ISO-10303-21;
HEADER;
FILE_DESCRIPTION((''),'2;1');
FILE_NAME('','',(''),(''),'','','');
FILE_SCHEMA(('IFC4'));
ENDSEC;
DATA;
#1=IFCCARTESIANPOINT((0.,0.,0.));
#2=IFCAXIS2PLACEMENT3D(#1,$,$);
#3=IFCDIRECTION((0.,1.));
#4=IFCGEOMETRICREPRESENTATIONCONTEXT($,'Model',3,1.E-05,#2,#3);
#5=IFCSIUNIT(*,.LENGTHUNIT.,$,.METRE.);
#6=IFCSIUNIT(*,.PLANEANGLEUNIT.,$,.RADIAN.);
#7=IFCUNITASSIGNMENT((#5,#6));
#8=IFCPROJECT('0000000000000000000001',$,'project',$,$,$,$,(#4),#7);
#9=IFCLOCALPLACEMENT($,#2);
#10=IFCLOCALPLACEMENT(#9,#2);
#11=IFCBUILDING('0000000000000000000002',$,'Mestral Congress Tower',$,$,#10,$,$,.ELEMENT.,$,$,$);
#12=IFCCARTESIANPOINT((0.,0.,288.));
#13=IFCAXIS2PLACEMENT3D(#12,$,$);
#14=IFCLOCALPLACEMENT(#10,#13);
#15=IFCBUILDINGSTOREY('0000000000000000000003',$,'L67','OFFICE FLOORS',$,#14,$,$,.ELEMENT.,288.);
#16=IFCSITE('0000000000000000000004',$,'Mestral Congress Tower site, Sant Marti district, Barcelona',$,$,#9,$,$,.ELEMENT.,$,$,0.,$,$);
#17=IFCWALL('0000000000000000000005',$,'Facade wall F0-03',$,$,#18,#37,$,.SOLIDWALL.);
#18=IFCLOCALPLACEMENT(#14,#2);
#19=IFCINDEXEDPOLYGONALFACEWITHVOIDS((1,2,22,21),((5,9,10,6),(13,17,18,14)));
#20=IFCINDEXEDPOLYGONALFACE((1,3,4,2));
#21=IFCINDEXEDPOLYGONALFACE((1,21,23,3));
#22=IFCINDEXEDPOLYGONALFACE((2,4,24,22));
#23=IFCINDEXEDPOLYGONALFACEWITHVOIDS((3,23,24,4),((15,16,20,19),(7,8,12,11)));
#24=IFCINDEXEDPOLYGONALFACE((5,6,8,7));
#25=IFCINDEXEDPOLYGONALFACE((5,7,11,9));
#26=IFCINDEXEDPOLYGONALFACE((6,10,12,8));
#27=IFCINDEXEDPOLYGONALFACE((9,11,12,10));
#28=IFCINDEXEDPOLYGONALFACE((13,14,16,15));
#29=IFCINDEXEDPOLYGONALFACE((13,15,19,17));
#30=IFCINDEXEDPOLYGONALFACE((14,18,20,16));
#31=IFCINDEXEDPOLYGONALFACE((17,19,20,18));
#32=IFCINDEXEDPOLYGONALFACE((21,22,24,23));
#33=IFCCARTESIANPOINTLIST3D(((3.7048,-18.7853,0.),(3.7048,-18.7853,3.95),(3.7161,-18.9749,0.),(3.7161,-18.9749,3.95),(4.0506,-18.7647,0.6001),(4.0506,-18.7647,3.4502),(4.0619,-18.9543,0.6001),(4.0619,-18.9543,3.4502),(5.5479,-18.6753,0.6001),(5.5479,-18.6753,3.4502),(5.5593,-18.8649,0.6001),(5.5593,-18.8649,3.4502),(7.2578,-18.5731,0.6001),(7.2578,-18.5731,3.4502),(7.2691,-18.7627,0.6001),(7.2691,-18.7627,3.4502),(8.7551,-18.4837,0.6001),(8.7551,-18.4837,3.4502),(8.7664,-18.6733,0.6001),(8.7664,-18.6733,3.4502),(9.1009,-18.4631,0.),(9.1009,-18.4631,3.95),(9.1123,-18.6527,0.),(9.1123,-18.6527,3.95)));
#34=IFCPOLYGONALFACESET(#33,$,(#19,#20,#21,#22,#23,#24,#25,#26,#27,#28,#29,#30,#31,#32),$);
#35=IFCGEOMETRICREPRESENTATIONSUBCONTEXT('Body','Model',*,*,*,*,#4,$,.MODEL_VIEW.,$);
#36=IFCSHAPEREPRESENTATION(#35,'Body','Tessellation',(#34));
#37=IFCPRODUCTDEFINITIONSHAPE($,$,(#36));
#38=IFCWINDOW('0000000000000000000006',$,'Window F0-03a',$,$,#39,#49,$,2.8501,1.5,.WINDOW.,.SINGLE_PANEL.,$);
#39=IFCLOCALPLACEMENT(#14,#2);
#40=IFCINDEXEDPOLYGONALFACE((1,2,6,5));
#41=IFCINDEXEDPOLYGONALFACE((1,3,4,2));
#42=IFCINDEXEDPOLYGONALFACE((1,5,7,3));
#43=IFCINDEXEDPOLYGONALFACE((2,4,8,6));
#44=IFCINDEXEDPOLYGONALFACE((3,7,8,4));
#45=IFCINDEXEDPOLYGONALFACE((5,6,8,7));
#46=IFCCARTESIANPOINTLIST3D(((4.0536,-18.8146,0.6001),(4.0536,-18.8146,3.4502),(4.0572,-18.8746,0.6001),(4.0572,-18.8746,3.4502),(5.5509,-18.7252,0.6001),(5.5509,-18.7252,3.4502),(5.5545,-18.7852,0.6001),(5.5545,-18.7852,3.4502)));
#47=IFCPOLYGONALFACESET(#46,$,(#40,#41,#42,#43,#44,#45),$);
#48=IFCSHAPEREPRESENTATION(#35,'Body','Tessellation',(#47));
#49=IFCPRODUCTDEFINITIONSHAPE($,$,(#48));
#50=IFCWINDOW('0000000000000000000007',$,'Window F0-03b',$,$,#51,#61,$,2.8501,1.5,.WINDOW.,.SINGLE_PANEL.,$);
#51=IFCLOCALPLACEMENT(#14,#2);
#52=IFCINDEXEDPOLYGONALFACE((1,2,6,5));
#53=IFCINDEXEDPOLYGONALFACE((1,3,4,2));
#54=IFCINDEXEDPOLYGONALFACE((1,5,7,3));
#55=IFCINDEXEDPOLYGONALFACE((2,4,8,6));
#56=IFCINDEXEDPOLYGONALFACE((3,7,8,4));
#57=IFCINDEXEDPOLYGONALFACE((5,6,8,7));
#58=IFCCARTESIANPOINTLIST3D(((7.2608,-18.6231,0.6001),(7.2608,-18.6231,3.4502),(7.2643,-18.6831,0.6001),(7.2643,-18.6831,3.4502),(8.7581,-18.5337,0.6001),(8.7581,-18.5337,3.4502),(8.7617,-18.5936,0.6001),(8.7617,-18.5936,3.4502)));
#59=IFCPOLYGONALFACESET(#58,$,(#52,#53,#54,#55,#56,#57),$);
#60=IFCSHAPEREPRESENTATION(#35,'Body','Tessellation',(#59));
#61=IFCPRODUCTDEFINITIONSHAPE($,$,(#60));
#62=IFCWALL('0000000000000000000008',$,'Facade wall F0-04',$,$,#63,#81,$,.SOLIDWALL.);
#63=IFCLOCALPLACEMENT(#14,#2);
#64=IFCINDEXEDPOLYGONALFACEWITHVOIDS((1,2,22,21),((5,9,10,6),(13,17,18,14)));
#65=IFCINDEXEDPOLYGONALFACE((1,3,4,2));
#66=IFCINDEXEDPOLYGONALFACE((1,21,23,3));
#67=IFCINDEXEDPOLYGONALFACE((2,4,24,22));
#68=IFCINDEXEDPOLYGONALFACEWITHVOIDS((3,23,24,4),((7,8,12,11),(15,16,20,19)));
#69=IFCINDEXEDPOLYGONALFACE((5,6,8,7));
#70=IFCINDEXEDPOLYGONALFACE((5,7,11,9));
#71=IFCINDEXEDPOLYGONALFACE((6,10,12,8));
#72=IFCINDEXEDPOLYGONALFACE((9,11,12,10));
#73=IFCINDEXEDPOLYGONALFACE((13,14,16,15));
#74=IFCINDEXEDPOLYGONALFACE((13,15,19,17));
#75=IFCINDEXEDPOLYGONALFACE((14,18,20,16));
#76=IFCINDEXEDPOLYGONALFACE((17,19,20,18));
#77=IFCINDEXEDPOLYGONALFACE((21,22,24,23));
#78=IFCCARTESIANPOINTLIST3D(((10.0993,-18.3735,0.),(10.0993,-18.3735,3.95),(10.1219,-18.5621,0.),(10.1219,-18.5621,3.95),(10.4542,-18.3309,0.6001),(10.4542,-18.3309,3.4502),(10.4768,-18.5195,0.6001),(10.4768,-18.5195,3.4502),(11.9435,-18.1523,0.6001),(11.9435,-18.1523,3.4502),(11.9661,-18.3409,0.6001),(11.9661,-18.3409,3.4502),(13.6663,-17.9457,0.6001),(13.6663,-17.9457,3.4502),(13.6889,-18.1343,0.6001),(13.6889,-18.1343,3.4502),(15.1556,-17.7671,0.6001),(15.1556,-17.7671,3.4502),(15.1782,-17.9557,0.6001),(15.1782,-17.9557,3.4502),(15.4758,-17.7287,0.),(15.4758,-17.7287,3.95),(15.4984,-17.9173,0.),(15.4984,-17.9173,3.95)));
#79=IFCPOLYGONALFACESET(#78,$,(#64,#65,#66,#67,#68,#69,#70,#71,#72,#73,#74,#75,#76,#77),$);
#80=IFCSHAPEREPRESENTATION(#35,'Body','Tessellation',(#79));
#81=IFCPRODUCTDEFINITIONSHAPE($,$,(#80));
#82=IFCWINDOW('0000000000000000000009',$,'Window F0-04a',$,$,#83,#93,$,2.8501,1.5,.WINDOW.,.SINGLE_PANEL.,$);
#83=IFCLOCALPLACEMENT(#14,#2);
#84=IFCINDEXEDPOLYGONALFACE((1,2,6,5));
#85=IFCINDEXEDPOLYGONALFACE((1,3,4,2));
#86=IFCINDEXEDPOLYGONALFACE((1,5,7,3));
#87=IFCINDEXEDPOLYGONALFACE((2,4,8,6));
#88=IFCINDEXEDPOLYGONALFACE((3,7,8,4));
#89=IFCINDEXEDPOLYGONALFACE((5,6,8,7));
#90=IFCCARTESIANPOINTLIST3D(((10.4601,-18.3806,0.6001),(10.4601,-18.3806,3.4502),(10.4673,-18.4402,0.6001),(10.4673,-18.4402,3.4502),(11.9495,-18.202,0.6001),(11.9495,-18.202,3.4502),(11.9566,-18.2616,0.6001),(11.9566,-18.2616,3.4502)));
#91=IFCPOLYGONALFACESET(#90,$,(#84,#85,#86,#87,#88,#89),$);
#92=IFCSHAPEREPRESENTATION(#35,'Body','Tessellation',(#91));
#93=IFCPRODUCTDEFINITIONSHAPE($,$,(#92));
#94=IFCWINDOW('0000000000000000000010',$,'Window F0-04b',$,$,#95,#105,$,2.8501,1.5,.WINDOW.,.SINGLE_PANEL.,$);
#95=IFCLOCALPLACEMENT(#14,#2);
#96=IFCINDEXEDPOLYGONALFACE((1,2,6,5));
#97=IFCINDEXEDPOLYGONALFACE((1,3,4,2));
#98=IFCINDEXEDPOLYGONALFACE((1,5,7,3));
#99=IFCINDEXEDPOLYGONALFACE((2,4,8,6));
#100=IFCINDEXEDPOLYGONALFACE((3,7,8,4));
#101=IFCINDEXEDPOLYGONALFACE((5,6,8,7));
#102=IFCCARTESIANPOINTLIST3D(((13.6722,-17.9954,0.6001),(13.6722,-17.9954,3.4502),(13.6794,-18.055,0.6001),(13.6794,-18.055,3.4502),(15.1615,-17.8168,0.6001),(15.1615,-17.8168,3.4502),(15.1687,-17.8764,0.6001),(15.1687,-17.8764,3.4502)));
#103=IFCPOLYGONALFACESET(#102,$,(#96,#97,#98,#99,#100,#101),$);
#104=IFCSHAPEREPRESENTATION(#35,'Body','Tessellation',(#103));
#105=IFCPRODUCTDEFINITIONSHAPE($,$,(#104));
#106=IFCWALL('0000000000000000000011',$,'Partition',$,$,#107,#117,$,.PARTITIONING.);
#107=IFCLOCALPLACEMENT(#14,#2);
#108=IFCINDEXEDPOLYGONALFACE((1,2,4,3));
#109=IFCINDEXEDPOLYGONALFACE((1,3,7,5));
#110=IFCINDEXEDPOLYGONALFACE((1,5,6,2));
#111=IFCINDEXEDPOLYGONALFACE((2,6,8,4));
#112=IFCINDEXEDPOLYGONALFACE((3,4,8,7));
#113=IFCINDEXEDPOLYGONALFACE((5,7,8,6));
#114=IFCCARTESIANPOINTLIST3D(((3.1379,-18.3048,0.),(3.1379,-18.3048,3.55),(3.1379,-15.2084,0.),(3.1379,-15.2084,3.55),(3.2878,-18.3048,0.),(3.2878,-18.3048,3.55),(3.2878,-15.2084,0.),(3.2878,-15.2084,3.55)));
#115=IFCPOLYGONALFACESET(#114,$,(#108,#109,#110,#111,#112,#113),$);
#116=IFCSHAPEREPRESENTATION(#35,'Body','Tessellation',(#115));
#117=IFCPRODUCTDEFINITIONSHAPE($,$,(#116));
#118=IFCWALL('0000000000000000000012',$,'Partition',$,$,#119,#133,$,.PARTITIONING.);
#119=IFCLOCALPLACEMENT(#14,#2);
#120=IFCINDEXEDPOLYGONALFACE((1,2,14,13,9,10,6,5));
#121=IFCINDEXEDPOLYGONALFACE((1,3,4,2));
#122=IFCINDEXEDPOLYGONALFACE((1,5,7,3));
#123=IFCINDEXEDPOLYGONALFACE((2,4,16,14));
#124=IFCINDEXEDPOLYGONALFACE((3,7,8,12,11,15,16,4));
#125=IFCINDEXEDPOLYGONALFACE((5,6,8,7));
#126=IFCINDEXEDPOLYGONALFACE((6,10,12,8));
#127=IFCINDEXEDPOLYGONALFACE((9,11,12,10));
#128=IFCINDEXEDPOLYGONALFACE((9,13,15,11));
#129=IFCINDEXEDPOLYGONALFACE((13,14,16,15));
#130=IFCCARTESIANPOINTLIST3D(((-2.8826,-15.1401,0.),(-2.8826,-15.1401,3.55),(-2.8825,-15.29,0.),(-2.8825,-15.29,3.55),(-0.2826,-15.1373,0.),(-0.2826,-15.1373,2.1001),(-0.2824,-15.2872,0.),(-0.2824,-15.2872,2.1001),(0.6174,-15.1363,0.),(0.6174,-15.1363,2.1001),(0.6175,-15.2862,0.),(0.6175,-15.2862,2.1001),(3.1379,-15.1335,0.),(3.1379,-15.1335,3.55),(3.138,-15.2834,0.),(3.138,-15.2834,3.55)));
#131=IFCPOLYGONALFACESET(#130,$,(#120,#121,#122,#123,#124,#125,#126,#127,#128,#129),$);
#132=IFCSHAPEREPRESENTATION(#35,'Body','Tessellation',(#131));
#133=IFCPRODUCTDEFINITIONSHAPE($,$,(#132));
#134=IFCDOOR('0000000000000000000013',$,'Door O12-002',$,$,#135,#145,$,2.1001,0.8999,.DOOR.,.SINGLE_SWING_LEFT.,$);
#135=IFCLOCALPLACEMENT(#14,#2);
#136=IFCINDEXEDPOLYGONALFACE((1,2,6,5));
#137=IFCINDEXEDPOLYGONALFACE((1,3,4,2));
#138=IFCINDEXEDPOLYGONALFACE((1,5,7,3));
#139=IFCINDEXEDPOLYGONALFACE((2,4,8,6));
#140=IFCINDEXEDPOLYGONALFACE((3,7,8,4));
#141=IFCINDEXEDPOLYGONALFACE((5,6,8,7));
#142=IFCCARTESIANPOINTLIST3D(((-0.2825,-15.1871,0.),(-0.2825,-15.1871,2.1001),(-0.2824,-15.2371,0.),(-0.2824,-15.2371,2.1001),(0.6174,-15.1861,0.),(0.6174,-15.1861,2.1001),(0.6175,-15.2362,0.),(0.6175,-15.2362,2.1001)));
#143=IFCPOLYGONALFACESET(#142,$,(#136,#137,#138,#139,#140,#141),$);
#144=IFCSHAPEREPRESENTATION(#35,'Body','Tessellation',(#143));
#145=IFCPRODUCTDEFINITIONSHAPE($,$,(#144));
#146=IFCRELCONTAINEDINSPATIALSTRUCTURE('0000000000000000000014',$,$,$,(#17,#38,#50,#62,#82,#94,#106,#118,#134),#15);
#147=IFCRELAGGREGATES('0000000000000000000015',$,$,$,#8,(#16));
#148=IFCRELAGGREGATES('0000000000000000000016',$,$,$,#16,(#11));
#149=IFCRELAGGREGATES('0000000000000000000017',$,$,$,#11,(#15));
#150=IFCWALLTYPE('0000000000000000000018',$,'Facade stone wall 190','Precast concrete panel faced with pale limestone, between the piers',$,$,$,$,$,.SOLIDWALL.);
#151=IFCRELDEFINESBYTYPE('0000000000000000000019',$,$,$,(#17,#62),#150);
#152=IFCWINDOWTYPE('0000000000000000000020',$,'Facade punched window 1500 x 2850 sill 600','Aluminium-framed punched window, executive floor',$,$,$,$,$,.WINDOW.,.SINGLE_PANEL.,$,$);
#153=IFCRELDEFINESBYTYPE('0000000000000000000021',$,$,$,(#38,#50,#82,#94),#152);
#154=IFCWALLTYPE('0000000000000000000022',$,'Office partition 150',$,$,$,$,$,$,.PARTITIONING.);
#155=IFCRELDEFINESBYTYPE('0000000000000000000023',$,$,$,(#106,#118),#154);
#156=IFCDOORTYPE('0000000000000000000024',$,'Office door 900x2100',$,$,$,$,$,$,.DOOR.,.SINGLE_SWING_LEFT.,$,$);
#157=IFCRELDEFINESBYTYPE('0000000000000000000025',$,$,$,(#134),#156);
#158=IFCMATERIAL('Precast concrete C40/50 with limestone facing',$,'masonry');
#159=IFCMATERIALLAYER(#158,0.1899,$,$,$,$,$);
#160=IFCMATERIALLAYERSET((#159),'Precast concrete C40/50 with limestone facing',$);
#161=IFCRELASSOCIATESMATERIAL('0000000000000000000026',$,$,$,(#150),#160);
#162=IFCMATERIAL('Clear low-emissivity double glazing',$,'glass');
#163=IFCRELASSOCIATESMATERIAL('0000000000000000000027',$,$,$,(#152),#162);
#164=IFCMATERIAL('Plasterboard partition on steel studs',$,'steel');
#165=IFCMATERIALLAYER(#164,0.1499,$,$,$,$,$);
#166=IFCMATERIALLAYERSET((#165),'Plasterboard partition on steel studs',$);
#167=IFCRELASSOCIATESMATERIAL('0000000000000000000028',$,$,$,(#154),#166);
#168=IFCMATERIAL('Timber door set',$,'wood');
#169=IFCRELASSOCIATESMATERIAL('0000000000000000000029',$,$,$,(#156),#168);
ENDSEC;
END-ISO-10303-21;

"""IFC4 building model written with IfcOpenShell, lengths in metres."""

from ifc_helpers import new_model, si_unit, direction, frame, frame_2d, origin, place, context, subcontext, project, spatial, rectangle, extrude, material, layer, layer_set, type_object, element, fill, save


model = new_model("IFC4")

# Units and contexts
model_context = context("Model", 3, precision=1e-05, world=origin(), true_north=direction((0.0, 1.0)))
body_context = subcontext(model_context, "Body", "Model", "MODEL_VIEW")
ifc_project = project(units=[si_unit("LENGTHUNIT", "METRE"), si_unit("PLANEANGLEUNIT", "RADIAN")], contexts=[model_context])

# Site, building, storey
site_placement = place(None, origin())
site = spatial("IfcSite", under=ifc_project, at=site_placement, Name="Mestral Congress Tower site, Sant Marti district, Barcelona", CompositionType="ELEMENT", RefElevation=0.0)
building_placement = place(site_placement, origin())
building = spatial("IfcBuilding", under=site, at=building_placement, Name="Mestral Congress Tower", CompositionType="ELEMENT")
storey_placement = place(building_placement, frame((0.0, 0.0, 288.0)))
storey = spatial("IfcBuildingStorey", under=building, at=storey_placement, Name="L67", Description="OFFICE FLOORS", CompositionType="ELEMENT", Elevation=288.0)

# Walls, openings, windows
ifc_material_1 = material(Name="Precast concrete C40/50 with limestone facing", Category="masonry")
ifc_layer_1 = layer(ifc_material_1, 0.1899)
ifc_layer_set_1 = layer_set([ifc_layer_1], Name="Precast concrete C40/50 with limestone facing")
wall_type_1 = type_object("IfcWallType", Name="Facade stone wall 190", Description="Precast concrete panel faced with pale limestone, between the piers", PredefinedType="SOLIDWALL", material=ifc_layer_set_1)
wall_1_placement = place(storey_placement, frame((3.7104, -18.8801, 0.0), z_axis=(0.0, 0.0, 1.0), x_axis=(0.998221, 0.059614, 0.0)))
wall_1 = element("IfcWall", 1, at=wall_1_placement, inside=storey, type_object=wall_type_1, Name="Facade wall F0-03", PredefinedType="SOLIDWALL", context=body_context, shape_type="SweptSolid", body=[
    extrude(rectangle(XDim=5.4058, YDim=0.1899, at=frame_2d((2.7029, 0.0))), origin(), (0.0, 0.0, 1.0), 3.95),
])
opening_1_placement = place(wall_1_placement, frame((0.3464, 0.0, 0.6001)))
opening_1 = element("IfcOpeningElement", 2, at=opening_1_placement, cuts=wall_1, PredefinedType="OPENING", context=body_context, shape_type="SweptSolid", body=[
    extrude(rectangle(XDim=1.5, YDim=2.8501, at=frame_2d((0.75, 1.425))), frame((0.0, 0.105, 0.0), z_axis=(0.0, -1.0, 0.0), x_axis=(1.0, 0.0, 0.0)), (0.0, 0.0, 1.0), 0.21),
])
opening_2_placement = place(wall_1_placement, frame((3.5593, 0.0, 0.6001)))
opening_2 = element("IfcOpeningElement", 3, at=opening_2_placement, cuts=wall_1, PredefinedType="OPENING", context=body_context, shape_type="SweptSolid", body=[
    extrude(rectangle(XDim=1.5, YDim=2.8501, at=frame_2d((0.75, 1.425))), frame((0.0, 0.105, 0.0), z_axis=(0.0, -1.0, 0.0), x_axis=(1.0, 0.0, 0.0)), (0.0, 0.0, 1.0), 0.21),
])
ifc_material_2 = material(Name="Clear low-emissivity double glazing", Category="glass")
window_type = type_object("IfcWindowType", Name="Facade punched window 1500 x 2850 sill 600", Description="Aluminium-framed punched window, executive floor", PartitioningType="SINGLE_PANEL", PredefinedType="WINDOW", material=ifc_material_2)
window_1_placement = place(opening_1_placement, origin())
window_1 = element("IfcWindow", 4, at=window_1_placement, inside=storey, type_object=window_type, Name="Window F0-03a", OverallHeight=2.8501, OverallWidth=1.5, PartitioningType="SINGLE_PANEL", PredefinedType="WINDOW", context=body_context, shape_type="SweptSolid", body=[
    extrude(rectangle(XDim=1.5, YDim=2.8501, at=frame_2d((0.75, 1.425))), frame((0.0, 0.0449, 0.0), z_axis=(0.0, -1.0, 0.0), x_axis=(1.0, 0.0, 0.0)), (0.0, 0.0, 1.0), 0.0601),
])
fill(opening_1, window_1)
window_2_placement = place(opening_2_placement, origin())
window_2 = element("IfcWindow", 5, at=window_2_placement, inside=storey, type_object=window_type, Name="Window F0-03b", OverallHeight=2.8501, OverallWidth=1.5, PartitioningType="SINGLE_PANEL", PredefinedType="WINDOW", context=body_context, shape_type="SweptSolid", body=[
    extrude(rectangle(XDim=1.5, YDim=2.8501, at=frame_2d((0.75, 1.425))), frame((0.0, 0.0449, 0.0), z_axis=(0.0, -1.0, 0.0), x_axis=(1.0, 0.0, 0.0)), (0.0, 0.0, 1.0), 0.0601),
])
fill(opening_2, window_2)
wall_2_placement = place(storey_placement, frame((10.1106, -18.4678, 0.0), z_axis=(0.0, 0.0, 1.0), x_axis=(0.992886, 0.119072, 0.0)))
wall_2 = element("IfcWall", 6, at=wall_2_placement, inside=storey, type_object=wall_type_1, Name="Facade wall F0-04", PredefinedType="SOLIDWALL", context=body_context, shape_type="SweptSolid", body=[
    extrude(rectangle(XDim=5.415, YDim=0.1899, at=frame_2d((2.7075, 0.0))), origin(), (0.0, 0.0, 1.0), 3.95),
])
opening_3_placement = place(wall_2_placement, frame((0.3574, 0.0, 0.6001)))
opening_3 = element("IfcOpeningElement", 7, at=opening_3_placement, cuts=wall_2, PredefinedType="OPENING", context=body_context, shape_type="SweptSolid", body=[
    extrude(rectangle(XDim=1.5, YDim=2.8501, at=frame_2d((0.75, 1.425))), frame((0.0, 0.105, 0.0), z_axis=(0.0, -1.0, 0.0), x_axis=(1.0, 0.0, 0.0)), (0.0, 0.0, 1.0), 0.21),
])
opening_4_placement = place(wall_2_placement, frame((3.5925, 0.0, 0.6001)))
opening_4 = element("IfcOpeningElement", 8, at=opening_4_placement, cuts=wall_2, PredefinedType="OPENING", context=body_context, shape_type="SweptSolid", body=[
    extrude(rectangle(XDim=1.5, YDim=2.8501, at=frame_2d((0.75, 1.425))), frame((0.0, 0.105, 0.0), z_axis=(0.0, -1.0, 0.0), x_axis=(1.0, 0.0, 0.0)), (0.0, 0.0, 1.0), 0.21),
])
window_3_placement = place(opening_3_placement, origin())
window_3 = element("IfcWindow", 9, at=window_3_placement, inside=storey, type_object=window_type, Name="Window F0-04a", OverallHeight=2.8501, OverallWidth=1.5, PartitioningType="SINGLE_PANEL", PredefinedType="WINDOW", context=body_context, shape_type="SweptSolid", body=[
    extrude(rectangle(XDim=1.5, YDim=2.8501, at=frame_2d((0.75, 1.425))), frame((0.0, 0.0449, 0.0), z_axis=(0.0, -1.0, 0.0), x_axis=(1.0, 0.0, 0.0)), (0.0, 0.0, 1.0), 0.0601),
])
fill(opening_3, window_3)
window_4_placement = place(opening_4_placement, origin())
window_4 = element("IfcWindow", 10, at=window_4_placement, inside=storey, type_object=window_type, Name="Window F0-04b", OverallHeight=2.8501, OverallWidth=1.5, PartitioningType="SINGLE_PANEL", PredefinedType="WINDOW", context=body_context, shape_type="SweptSolid", body=[
    extrude(rectangle(XDim=1.5, YDim=2.8501, at=frame_2d((0.75, 1.425))), frame((0.0, 0.0449, 0.0), z_axis=(0.0, -1.0, 0.0), x_axis=(1.0, 0.0, 0.0)), (0.0, 0.0, 1.0), 0.0601),
])
fill(opening_4, window_4)

# Wall
ifc_material_3 = material(Name="Plasterboard partition on steel studs", Category="steel")
ifc_layer_2 = layer(ifc_material_3, 0.1499)
ifc_layer_set_2 = layer_set([ifc_layer_2], Name="Plasterboard partition on steel studs")
wall_type_2 = type_object("IfcWallType", Name="Office partition 150", PredefinedType="PARTITIONING", material=ifc_layer_set_2)
wall_3_placement = place(storey_placement, frame((3.2129, -15.2083, 0.0), z_axis=(0.0, 0.0, 1.0), x_axis=(0.0, -1.0, 0.0)))
element("IfcWall", 11, at=wall_3_placement, inside=storey, type_object=wall_type_2, Name="Partition", PredefinedType="PARTITIONING", context=body_context, shape_type="SweptSolid", body=[
    extrude(rectangle(XDim=3.0964, YDim=0.1499, at=frame_2d((1.5483, 0.0))), origin(), (0.0, 0.0, 1.0), 3.55),
])

# Wall, opening, door
wall_4_placement = place(storey_placement, frame((3.1379, -15.2085, 0.0), z_axis=(0.0, 0.0, 1.0), x_axis=(-0.999999, -0.001095, 0.0)))
wall_4 = element("IfcWall", 12, at=wall_4_placement, inside=storey, type_object=wall_type_2, Name="Partition", PredefinedType="PARTITIONING", context=body_context, shape_type="SweptSolid", body=[
    extrude(rectangle(XDim=6.0205, YDim=0.1499, at=frame_2d((3.0103, 0.0))), origin(), (0.0, 0.0, 1.0), 3.55),
])
opening_5_placement = place(wall_4_placement, frame((2.5205, 0.0, 0.0)))
opening_5 = element("IfcOpeningElement", 13, at=opening_5_placement, cuts=wall_4, PredefinedType="OPENING", context=body_context, shape_type="SweptSolid", body=[
    extrude(rectangle(XDim=0.8999, YDim=2.1001, at=frame_2d((0.45, 1.05))), frame((0.0, 0.085, 0.0), z_axis=(0.0, -1.0, 0.0), x_axis=(1.0, 0.0, 0.0)), (0.0, 0.0, 1.0), 0.1699),
])
ifc_material_4 = material(Name="Timber door set", Category="wood")
door_type_1 = type_object("IfcDoorType", Name="Office door 900x2100", OperationType="SINGLE_SWING_LEFT", PredefinedType="DOOR", material=ifc_material_4)
door_1_placement = place(opening_5_placement, origin())
door_1 = element("IfcDoor", 14, at=door_1_placement, inside=storey, type_object=door_type_1, Name="Door O12-002", OperationType="SINGLE_SWING_LEFT", OverallHeight=2.1001, OverallWidth=0.8999, PredefinedType="DOOR", context=body_context, shape_type="SweptSolid", body=[
    extrude(rectangle(XDim=0.8999, YDim=2.1001, at=frame_2d((0.45, 1.05))), frame((0.0, 0.0249, 0.0), z_axis=(0.0, -1.0, 0.0), x_axis=(1.0, 0.0, 0.0)), (0.0, 0.0, 1.0), 0.05),
])
fill(opening_5, door_1)

save(model, "model.ifc")
